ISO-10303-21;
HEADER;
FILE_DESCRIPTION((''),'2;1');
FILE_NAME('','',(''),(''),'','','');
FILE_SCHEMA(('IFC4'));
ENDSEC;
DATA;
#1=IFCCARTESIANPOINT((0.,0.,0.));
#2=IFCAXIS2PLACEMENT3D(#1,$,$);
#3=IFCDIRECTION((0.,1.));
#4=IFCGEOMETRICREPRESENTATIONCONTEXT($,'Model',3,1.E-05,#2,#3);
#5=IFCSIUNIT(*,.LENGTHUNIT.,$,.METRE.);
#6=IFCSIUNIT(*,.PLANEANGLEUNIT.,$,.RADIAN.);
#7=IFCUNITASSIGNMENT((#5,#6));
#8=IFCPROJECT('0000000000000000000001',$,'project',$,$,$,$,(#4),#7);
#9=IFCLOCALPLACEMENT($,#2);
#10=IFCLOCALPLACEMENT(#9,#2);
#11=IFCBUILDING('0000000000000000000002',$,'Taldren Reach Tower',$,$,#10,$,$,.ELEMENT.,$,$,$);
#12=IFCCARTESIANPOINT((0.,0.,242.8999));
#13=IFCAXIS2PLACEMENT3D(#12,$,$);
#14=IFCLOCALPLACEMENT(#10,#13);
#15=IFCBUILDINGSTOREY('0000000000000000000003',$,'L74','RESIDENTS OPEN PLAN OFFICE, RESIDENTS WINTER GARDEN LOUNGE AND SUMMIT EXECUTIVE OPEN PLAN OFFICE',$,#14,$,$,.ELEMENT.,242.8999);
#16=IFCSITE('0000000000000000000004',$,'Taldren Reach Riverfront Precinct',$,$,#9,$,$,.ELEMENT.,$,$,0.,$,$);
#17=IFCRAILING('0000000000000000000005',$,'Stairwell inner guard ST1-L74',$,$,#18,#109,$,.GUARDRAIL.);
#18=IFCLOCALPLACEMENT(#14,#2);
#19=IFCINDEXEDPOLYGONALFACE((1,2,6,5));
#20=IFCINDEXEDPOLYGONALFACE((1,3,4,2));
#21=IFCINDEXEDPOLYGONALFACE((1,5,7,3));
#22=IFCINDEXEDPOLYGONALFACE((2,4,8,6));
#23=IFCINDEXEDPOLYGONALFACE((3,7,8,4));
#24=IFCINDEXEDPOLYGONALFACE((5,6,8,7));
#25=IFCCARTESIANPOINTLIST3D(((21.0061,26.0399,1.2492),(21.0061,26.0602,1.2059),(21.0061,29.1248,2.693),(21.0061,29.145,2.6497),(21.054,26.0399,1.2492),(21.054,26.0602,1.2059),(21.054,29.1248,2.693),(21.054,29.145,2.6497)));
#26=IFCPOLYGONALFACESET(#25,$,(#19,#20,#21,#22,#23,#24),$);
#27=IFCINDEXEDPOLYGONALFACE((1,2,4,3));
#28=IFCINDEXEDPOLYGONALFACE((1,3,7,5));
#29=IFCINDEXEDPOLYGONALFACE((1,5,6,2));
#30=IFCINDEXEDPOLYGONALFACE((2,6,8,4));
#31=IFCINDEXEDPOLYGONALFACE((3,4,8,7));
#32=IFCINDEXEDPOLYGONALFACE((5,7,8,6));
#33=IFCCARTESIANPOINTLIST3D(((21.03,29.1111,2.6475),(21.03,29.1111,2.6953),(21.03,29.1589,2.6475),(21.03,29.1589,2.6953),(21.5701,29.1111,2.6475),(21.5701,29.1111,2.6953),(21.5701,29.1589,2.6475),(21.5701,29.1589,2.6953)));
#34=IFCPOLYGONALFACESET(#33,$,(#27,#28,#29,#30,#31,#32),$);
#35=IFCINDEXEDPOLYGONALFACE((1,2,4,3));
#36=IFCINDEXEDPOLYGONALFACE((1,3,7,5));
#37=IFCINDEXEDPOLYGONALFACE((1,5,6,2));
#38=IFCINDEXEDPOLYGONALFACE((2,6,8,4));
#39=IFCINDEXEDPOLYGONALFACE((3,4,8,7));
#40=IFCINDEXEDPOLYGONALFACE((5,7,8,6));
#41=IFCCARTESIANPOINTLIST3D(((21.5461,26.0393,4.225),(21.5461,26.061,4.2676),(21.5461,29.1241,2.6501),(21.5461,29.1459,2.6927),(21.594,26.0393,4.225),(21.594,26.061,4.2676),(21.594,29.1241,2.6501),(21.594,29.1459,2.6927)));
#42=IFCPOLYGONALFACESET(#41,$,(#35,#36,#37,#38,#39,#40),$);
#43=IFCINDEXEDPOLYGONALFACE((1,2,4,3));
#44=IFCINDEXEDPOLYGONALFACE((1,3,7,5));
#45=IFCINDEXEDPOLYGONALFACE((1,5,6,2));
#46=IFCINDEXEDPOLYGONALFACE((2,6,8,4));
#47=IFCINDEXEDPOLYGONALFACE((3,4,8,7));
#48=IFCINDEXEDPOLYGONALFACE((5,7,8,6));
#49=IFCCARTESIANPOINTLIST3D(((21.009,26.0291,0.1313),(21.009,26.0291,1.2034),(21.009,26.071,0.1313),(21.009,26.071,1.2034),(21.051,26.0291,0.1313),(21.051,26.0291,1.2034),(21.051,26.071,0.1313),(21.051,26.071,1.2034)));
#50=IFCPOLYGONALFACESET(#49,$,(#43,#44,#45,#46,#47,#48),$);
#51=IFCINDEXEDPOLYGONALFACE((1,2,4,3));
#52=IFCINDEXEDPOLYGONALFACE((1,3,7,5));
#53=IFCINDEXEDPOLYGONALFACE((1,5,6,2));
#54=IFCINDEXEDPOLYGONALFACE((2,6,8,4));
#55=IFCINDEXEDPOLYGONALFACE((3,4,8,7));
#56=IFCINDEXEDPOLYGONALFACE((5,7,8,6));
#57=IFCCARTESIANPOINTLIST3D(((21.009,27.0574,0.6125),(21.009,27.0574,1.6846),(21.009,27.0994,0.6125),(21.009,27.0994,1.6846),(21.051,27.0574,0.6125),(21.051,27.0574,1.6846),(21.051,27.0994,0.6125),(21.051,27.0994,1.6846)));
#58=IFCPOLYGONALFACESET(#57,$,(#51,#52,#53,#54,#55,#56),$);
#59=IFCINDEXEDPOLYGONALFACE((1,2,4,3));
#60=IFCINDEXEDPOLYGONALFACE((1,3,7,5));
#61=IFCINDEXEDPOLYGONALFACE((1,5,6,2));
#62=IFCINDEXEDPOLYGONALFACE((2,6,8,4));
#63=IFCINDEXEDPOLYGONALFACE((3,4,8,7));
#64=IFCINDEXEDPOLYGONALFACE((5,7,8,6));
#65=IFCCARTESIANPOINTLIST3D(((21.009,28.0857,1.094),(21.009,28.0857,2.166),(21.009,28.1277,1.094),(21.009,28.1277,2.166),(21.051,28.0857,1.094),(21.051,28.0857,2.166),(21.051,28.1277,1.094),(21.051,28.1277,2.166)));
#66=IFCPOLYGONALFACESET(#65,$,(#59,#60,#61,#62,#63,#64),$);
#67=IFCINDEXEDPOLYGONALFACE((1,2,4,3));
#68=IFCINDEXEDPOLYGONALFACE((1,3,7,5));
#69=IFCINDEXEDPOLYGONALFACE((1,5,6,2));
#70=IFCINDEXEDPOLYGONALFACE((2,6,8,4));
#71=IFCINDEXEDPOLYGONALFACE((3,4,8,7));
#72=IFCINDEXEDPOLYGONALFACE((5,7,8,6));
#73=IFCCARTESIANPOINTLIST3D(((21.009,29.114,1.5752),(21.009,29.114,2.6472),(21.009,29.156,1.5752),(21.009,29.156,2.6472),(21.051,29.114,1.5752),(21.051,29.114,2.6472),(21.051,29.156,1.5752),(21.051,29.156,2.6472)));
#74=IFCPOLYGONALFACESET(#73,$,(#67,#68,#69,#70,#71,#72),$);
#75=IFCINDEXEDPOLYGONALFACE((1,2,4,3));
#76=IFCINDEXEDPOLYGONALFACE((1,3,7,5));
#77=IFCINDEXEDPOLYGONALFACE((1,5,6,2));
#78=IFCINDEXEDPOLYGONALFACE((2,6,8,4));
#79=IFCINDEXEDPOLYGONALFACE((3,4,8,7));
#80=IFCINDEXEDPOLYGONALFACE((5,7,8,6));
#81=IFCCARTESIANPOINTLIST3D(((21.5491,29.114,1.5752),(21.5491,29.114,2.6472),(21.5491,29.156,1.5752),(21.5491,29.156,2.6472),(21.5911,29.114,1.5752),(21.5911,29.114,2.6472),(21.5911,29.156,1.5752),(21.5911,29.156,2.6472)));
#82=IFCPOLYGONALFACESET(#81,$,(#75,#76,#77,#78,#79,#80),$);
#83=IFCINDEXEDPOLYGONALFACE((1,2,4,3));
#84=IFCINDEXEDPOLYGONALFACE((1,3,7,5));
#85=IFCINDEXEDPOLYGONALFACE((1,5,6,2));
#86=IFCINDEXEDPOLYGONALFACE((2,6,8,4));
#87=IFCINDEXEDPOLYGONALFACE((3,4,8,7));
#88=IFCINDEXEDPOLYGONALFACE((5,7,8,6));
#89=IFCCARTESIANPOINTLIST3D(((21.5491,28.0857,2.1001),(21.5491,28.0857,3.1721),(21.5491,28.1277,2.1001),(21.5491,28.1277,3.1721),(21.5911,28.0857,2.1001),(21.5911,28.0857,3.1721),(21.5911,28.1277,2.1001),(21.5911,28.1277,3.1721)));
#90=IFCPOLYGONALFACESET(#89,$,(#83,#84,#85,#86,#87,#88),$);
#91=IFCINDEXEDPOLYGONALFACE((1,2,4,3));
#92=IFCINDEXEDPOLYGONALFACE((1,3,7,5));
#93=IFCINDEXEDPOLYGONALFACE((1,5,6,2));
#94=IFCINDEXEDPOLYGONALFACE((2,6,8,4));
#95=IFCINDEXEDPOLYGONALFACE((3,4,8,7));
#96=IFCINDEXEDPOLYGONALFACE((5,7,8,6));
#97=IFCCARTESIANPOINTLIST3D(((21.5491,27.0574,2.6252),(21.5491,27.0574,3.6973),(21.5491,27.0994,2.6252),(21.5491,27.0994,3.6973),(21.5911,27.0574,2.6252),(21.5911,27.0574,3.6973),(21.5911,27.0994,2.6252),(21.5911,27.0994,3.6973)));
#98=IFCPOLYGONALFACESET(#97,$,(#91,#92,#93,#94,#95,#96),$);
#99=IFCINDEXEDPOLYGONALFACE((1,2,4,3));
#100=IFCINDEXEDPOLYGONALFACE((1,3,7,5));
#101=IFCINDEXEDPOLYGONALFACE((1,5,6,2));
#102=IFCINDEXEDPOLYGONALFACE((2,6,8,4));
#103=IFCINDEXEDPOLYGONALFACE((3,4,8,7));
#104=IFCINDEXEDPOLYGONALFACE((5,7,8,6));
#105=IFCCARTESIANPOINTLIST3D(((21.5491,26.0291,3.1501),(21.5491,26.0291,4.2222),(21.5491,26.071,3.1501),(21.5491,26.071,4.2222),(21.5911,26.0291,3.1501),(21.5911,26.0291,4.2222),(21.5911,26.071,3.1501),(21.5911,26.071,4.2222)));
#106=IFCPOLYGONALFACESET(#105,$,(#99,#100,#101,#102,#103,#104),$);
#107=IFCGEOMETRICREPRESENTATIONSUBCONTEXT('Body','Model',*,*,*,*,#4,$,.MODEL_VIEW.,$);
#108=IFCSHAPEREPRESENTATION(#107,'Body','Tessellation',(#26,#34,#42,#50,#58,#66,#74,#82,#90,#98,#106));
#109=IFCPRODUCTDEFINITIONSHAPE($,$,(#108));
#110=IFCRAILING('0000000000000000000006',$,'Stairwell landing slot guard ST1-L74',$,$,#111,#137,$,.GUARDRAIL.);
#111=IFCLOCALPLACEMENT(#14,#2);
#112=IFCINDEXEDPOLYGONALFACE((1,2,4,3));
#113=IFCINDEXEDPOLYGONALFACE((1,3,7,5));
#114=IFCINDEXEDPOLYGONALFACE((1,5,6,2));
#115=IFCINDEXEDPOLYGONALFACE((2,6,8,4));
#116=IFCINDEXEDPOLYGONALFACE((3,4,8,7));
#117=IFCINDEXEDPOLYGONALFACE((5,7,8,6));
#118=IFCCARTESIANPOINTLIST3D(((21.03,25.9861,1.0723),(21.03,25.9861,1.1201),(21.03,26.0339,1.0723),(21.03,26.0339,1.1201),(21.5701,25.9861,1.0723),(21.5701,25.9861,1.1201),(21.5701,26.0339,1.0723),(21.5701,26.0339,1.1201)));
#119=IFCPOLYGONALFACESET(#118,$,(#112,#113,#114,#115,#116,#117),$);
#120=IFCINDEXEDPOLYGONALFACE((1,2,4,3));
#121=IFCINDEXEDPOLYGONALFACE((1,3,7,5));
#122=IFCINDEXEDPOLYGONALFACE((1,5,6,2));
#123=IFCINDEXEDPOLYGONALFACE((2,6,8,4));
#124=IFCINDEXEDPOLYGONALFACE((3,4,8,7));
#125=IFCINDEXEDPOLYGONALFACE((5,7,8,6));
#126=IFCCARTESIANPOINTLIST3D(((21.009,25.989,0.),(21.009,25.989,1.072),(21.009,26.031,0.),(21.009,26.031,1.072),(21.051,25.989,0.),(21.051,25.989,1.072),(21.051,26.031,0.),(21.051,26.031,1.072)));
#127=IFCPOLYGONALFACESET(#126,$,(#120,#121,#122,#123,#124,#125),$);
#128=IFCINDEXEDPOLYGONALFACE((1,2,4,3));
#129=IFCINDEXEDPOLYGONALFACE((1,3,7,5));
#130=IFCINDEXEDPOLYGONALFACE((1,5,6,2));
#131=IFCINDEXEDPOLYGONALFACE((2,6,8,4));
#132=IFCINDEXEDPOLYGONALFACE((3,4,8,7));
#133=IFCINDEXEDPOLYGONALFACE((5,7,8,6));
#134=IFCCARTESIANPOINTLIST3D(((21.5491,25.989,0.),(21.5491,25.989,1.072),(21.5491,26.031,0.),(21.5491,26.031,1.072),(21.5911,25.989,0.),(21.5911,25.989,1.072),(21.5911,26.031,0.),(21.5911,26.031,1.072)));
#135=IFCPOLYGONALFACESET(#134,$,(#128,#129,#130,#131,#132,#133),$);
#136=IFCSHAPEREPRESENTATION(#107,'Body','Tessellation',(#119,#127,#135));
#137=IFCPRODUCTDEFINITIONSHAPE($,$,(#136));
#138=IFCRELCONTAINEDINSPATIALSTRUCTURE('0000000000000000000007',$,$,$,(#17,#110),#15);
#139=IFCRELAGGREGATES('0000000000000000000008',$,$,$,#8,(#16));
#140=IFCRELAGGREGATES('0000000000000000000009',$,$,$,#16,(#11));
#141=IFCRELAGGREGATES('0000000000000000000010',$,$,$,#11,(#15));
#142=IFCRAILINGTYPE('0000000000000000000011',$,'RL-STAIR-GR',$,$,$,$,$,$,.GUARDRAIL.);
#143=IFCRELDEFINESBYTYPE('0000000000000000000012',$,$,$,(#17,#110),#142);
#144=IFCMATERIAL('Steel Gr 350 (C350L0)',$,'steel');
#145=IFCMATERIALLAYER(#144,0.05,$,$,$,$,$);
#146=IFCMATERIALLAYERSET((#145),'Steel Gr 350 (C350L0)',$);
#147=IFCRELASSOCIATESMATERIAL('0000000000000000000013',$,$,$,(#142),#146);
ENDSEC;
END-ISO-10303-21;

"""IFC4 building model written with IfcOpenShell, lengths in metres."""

from ifc_helpers import new_model, si_unit, direction, frame, origin, origin_2d, place, context, subcontext, project, spatial, rectangle, extrude, material, layer, layer_set, type_object, element, save


model = new_model("IFC4")

# Units and contexts
model_context = context("Model", 3, precision=1e-05, world=origin(), true_north=direction((0.0, 1.0)))
body_context = subcontext(model_context, "Body", "Model", "MODEL_VIEW")
ifc_project = project(units=[si_unit("LENGTHUNIT", "METRE"), si_unit("PLANEANGLEUNIT", "RADIAN")], contexts=[model_context])

# Site, building, storey
site_placement = place(None, origin())
site = spatial("IfcSite", under=ifc_project, at=site_placement, Name="Taldren Reach Riverfront Precinct", CompositionType="ELEMENT", RefElevation=0.0)
building_placement = place(site_placement, origin())
building = spatial("IfcBuilding", under=site, at=building_placement, Name="Taldren Reach Tower", CompositionType="ELEMENT")
storey_placement = place(building_placement, frame((0.0, 0.0, 242.8999)))
storey = spatial("IfcBuildingStorey", under=building, at=storey_placement, Name="L74", Description="RESIDENTS OPEN PLAN OFFICE, RESIDENTS WINTER GARDEN LOUNGE AND SUMMIT EXECUTIVE OPEN PLAN OFFICE", CompositionType="ELEMENT", Elevation=242.8999)

# Shared definitions
ifc_material_1 = material(Name="Steel Gr 350 (C350L0)", Category="steel")

# Railings
ifc_layer_1 = layer(ifc_material_1, 0.05)
ifc_layer_set_1 = layer_set([ifc_layer_1], Name="Steel Gr 350 (C350L0)")
railing_type_1 = type_object("IfcRailingType", Name="RL-STAIR-GR", PredefinedType="GUARDRAIL", material=ifc_layer_set_1)
railing_1_placement = place(storey_placement, frame((21.03, 26.05, 0.1313)))
element("IfcRailing", 1, at=railing_1_placement, inside=storey, type_object=railing_type_1, Name="Stairwell inner guard ST1-L74", PredefinedType="GUARDRAIL", context=body_context, shape_type="SweptSolid", body=[
    extrude(rectangle(XDim=0.0479, YDim=0.0479, at=origin_2d()), frame((0.0, 0.0, 1.0962), z_axis=(0.0, 0.90571, 0.423898), x_axis=(-1.0, 0.0, 0.0)), (0.0, 0.0, 1.0), 3.406),
    extrude(rectangle(XDim=0.0479, YDim=0.0479, at=origin_2d()), frame((0.0, 3.085, 2.54), z_axis=(1.0, 0.0, 0.0), x_axis=(0.0, 1.0, 0.0)), (0.0, 0.0, 1.0), 0.54),
    extrude(rectangle(XDim=0.0479, YDim=0.0479, at=origin_2d()), frame((0.54, 3.085, 2.54), z_axis=(0.0, -0.890646, 0.454697), x_axis=(1.0, 0.0, 0.0)), (0.0, 0.0, 1.0), 3.4636),
    extrude(rectangle(XDim=0.042, YDim=0.042, at=origin_2d()), origin(), (0.0, 0.0, 1.0), 1.072),
    extrude(rectangle(XDim=0.042, YDim=0.042, at=origin_2d()), frame((0.0, 1.0283, 0.4812)), (0.0, 0.0, 1.0), 1.072),
    extrude(rectangle(XDim=0.042, YDim=0.042, at=origin_2d()), frame((0.0, 2.0566, 0.9626)), (0.0, 0.0, 1.0), 1.072),
    extrude(rectangle(XDim=0.042, YDim=0.042, at=origin_2d()), frame((0.0, 3.085, 1.4438)), (0.0, 0.0, 1.0), 1.072),
    extrude(rectangle(XDim=0.042, YDim=0.042, at=origin_2d()), frame((0.54, 3.085, 1.4438)), (0.0, 0.0, 1.0), 1.072),
    extrude(rectangle(XDim=0.042, YDim=0.042, at=origin_2d()), frame((0.54, 2.0566, 1.9688)), (0.0, 0.0, 1.0), 1.072),
    extrude(rectangle(XDim=0.042, YDim=0.042, at=origin_2d()), frame((0.54, 1.0283, 2.4939)), (0.0, 0.0, 1.0), 1.072),
    extrude(rectangle(XDim=0.042, YDim=0.042, at=origin_2d()), frame((0.54, 0.0, 3.0188)), (0.0, 0.0, 1.0), 1.072),
])
railing_2_placement = place(storey_placement, frame((21.03, 26.01, 0.0)))
element("IfcRailing", 2, at=railing_2_placement, inside=storey, type_object=railing_type_1, Name="Stairwell landing slot guard ST1-L74", PredefinedType="GUARDRAIL", context=body_context, shape_type="SweptSolid", body=[
    extrude(rectangle(XDim=0.0479, YDim=0.0479, at=origin_2d()), frame((0.0, 0.0, 1.0962), z_axis=(1.0, 0.0, 0.0), x_axis=(0.0, 1.0, 0.0)), (0.0, 0.0, 1.0), 0.54),
    extrude(rectangle(XDim=0.042, YDim=0.042, at=origin_2d()), origin(), (0.0, 0.0, 1.0), 1.072),
    extrude(rectangle(XDim=0.042, YDim=0.042, at=origin_2d()), frame((0.54, 0.0, 0.0)), (0.0, 0.0, 1.0), 1.072),
])

save(model, "model.ifc")
